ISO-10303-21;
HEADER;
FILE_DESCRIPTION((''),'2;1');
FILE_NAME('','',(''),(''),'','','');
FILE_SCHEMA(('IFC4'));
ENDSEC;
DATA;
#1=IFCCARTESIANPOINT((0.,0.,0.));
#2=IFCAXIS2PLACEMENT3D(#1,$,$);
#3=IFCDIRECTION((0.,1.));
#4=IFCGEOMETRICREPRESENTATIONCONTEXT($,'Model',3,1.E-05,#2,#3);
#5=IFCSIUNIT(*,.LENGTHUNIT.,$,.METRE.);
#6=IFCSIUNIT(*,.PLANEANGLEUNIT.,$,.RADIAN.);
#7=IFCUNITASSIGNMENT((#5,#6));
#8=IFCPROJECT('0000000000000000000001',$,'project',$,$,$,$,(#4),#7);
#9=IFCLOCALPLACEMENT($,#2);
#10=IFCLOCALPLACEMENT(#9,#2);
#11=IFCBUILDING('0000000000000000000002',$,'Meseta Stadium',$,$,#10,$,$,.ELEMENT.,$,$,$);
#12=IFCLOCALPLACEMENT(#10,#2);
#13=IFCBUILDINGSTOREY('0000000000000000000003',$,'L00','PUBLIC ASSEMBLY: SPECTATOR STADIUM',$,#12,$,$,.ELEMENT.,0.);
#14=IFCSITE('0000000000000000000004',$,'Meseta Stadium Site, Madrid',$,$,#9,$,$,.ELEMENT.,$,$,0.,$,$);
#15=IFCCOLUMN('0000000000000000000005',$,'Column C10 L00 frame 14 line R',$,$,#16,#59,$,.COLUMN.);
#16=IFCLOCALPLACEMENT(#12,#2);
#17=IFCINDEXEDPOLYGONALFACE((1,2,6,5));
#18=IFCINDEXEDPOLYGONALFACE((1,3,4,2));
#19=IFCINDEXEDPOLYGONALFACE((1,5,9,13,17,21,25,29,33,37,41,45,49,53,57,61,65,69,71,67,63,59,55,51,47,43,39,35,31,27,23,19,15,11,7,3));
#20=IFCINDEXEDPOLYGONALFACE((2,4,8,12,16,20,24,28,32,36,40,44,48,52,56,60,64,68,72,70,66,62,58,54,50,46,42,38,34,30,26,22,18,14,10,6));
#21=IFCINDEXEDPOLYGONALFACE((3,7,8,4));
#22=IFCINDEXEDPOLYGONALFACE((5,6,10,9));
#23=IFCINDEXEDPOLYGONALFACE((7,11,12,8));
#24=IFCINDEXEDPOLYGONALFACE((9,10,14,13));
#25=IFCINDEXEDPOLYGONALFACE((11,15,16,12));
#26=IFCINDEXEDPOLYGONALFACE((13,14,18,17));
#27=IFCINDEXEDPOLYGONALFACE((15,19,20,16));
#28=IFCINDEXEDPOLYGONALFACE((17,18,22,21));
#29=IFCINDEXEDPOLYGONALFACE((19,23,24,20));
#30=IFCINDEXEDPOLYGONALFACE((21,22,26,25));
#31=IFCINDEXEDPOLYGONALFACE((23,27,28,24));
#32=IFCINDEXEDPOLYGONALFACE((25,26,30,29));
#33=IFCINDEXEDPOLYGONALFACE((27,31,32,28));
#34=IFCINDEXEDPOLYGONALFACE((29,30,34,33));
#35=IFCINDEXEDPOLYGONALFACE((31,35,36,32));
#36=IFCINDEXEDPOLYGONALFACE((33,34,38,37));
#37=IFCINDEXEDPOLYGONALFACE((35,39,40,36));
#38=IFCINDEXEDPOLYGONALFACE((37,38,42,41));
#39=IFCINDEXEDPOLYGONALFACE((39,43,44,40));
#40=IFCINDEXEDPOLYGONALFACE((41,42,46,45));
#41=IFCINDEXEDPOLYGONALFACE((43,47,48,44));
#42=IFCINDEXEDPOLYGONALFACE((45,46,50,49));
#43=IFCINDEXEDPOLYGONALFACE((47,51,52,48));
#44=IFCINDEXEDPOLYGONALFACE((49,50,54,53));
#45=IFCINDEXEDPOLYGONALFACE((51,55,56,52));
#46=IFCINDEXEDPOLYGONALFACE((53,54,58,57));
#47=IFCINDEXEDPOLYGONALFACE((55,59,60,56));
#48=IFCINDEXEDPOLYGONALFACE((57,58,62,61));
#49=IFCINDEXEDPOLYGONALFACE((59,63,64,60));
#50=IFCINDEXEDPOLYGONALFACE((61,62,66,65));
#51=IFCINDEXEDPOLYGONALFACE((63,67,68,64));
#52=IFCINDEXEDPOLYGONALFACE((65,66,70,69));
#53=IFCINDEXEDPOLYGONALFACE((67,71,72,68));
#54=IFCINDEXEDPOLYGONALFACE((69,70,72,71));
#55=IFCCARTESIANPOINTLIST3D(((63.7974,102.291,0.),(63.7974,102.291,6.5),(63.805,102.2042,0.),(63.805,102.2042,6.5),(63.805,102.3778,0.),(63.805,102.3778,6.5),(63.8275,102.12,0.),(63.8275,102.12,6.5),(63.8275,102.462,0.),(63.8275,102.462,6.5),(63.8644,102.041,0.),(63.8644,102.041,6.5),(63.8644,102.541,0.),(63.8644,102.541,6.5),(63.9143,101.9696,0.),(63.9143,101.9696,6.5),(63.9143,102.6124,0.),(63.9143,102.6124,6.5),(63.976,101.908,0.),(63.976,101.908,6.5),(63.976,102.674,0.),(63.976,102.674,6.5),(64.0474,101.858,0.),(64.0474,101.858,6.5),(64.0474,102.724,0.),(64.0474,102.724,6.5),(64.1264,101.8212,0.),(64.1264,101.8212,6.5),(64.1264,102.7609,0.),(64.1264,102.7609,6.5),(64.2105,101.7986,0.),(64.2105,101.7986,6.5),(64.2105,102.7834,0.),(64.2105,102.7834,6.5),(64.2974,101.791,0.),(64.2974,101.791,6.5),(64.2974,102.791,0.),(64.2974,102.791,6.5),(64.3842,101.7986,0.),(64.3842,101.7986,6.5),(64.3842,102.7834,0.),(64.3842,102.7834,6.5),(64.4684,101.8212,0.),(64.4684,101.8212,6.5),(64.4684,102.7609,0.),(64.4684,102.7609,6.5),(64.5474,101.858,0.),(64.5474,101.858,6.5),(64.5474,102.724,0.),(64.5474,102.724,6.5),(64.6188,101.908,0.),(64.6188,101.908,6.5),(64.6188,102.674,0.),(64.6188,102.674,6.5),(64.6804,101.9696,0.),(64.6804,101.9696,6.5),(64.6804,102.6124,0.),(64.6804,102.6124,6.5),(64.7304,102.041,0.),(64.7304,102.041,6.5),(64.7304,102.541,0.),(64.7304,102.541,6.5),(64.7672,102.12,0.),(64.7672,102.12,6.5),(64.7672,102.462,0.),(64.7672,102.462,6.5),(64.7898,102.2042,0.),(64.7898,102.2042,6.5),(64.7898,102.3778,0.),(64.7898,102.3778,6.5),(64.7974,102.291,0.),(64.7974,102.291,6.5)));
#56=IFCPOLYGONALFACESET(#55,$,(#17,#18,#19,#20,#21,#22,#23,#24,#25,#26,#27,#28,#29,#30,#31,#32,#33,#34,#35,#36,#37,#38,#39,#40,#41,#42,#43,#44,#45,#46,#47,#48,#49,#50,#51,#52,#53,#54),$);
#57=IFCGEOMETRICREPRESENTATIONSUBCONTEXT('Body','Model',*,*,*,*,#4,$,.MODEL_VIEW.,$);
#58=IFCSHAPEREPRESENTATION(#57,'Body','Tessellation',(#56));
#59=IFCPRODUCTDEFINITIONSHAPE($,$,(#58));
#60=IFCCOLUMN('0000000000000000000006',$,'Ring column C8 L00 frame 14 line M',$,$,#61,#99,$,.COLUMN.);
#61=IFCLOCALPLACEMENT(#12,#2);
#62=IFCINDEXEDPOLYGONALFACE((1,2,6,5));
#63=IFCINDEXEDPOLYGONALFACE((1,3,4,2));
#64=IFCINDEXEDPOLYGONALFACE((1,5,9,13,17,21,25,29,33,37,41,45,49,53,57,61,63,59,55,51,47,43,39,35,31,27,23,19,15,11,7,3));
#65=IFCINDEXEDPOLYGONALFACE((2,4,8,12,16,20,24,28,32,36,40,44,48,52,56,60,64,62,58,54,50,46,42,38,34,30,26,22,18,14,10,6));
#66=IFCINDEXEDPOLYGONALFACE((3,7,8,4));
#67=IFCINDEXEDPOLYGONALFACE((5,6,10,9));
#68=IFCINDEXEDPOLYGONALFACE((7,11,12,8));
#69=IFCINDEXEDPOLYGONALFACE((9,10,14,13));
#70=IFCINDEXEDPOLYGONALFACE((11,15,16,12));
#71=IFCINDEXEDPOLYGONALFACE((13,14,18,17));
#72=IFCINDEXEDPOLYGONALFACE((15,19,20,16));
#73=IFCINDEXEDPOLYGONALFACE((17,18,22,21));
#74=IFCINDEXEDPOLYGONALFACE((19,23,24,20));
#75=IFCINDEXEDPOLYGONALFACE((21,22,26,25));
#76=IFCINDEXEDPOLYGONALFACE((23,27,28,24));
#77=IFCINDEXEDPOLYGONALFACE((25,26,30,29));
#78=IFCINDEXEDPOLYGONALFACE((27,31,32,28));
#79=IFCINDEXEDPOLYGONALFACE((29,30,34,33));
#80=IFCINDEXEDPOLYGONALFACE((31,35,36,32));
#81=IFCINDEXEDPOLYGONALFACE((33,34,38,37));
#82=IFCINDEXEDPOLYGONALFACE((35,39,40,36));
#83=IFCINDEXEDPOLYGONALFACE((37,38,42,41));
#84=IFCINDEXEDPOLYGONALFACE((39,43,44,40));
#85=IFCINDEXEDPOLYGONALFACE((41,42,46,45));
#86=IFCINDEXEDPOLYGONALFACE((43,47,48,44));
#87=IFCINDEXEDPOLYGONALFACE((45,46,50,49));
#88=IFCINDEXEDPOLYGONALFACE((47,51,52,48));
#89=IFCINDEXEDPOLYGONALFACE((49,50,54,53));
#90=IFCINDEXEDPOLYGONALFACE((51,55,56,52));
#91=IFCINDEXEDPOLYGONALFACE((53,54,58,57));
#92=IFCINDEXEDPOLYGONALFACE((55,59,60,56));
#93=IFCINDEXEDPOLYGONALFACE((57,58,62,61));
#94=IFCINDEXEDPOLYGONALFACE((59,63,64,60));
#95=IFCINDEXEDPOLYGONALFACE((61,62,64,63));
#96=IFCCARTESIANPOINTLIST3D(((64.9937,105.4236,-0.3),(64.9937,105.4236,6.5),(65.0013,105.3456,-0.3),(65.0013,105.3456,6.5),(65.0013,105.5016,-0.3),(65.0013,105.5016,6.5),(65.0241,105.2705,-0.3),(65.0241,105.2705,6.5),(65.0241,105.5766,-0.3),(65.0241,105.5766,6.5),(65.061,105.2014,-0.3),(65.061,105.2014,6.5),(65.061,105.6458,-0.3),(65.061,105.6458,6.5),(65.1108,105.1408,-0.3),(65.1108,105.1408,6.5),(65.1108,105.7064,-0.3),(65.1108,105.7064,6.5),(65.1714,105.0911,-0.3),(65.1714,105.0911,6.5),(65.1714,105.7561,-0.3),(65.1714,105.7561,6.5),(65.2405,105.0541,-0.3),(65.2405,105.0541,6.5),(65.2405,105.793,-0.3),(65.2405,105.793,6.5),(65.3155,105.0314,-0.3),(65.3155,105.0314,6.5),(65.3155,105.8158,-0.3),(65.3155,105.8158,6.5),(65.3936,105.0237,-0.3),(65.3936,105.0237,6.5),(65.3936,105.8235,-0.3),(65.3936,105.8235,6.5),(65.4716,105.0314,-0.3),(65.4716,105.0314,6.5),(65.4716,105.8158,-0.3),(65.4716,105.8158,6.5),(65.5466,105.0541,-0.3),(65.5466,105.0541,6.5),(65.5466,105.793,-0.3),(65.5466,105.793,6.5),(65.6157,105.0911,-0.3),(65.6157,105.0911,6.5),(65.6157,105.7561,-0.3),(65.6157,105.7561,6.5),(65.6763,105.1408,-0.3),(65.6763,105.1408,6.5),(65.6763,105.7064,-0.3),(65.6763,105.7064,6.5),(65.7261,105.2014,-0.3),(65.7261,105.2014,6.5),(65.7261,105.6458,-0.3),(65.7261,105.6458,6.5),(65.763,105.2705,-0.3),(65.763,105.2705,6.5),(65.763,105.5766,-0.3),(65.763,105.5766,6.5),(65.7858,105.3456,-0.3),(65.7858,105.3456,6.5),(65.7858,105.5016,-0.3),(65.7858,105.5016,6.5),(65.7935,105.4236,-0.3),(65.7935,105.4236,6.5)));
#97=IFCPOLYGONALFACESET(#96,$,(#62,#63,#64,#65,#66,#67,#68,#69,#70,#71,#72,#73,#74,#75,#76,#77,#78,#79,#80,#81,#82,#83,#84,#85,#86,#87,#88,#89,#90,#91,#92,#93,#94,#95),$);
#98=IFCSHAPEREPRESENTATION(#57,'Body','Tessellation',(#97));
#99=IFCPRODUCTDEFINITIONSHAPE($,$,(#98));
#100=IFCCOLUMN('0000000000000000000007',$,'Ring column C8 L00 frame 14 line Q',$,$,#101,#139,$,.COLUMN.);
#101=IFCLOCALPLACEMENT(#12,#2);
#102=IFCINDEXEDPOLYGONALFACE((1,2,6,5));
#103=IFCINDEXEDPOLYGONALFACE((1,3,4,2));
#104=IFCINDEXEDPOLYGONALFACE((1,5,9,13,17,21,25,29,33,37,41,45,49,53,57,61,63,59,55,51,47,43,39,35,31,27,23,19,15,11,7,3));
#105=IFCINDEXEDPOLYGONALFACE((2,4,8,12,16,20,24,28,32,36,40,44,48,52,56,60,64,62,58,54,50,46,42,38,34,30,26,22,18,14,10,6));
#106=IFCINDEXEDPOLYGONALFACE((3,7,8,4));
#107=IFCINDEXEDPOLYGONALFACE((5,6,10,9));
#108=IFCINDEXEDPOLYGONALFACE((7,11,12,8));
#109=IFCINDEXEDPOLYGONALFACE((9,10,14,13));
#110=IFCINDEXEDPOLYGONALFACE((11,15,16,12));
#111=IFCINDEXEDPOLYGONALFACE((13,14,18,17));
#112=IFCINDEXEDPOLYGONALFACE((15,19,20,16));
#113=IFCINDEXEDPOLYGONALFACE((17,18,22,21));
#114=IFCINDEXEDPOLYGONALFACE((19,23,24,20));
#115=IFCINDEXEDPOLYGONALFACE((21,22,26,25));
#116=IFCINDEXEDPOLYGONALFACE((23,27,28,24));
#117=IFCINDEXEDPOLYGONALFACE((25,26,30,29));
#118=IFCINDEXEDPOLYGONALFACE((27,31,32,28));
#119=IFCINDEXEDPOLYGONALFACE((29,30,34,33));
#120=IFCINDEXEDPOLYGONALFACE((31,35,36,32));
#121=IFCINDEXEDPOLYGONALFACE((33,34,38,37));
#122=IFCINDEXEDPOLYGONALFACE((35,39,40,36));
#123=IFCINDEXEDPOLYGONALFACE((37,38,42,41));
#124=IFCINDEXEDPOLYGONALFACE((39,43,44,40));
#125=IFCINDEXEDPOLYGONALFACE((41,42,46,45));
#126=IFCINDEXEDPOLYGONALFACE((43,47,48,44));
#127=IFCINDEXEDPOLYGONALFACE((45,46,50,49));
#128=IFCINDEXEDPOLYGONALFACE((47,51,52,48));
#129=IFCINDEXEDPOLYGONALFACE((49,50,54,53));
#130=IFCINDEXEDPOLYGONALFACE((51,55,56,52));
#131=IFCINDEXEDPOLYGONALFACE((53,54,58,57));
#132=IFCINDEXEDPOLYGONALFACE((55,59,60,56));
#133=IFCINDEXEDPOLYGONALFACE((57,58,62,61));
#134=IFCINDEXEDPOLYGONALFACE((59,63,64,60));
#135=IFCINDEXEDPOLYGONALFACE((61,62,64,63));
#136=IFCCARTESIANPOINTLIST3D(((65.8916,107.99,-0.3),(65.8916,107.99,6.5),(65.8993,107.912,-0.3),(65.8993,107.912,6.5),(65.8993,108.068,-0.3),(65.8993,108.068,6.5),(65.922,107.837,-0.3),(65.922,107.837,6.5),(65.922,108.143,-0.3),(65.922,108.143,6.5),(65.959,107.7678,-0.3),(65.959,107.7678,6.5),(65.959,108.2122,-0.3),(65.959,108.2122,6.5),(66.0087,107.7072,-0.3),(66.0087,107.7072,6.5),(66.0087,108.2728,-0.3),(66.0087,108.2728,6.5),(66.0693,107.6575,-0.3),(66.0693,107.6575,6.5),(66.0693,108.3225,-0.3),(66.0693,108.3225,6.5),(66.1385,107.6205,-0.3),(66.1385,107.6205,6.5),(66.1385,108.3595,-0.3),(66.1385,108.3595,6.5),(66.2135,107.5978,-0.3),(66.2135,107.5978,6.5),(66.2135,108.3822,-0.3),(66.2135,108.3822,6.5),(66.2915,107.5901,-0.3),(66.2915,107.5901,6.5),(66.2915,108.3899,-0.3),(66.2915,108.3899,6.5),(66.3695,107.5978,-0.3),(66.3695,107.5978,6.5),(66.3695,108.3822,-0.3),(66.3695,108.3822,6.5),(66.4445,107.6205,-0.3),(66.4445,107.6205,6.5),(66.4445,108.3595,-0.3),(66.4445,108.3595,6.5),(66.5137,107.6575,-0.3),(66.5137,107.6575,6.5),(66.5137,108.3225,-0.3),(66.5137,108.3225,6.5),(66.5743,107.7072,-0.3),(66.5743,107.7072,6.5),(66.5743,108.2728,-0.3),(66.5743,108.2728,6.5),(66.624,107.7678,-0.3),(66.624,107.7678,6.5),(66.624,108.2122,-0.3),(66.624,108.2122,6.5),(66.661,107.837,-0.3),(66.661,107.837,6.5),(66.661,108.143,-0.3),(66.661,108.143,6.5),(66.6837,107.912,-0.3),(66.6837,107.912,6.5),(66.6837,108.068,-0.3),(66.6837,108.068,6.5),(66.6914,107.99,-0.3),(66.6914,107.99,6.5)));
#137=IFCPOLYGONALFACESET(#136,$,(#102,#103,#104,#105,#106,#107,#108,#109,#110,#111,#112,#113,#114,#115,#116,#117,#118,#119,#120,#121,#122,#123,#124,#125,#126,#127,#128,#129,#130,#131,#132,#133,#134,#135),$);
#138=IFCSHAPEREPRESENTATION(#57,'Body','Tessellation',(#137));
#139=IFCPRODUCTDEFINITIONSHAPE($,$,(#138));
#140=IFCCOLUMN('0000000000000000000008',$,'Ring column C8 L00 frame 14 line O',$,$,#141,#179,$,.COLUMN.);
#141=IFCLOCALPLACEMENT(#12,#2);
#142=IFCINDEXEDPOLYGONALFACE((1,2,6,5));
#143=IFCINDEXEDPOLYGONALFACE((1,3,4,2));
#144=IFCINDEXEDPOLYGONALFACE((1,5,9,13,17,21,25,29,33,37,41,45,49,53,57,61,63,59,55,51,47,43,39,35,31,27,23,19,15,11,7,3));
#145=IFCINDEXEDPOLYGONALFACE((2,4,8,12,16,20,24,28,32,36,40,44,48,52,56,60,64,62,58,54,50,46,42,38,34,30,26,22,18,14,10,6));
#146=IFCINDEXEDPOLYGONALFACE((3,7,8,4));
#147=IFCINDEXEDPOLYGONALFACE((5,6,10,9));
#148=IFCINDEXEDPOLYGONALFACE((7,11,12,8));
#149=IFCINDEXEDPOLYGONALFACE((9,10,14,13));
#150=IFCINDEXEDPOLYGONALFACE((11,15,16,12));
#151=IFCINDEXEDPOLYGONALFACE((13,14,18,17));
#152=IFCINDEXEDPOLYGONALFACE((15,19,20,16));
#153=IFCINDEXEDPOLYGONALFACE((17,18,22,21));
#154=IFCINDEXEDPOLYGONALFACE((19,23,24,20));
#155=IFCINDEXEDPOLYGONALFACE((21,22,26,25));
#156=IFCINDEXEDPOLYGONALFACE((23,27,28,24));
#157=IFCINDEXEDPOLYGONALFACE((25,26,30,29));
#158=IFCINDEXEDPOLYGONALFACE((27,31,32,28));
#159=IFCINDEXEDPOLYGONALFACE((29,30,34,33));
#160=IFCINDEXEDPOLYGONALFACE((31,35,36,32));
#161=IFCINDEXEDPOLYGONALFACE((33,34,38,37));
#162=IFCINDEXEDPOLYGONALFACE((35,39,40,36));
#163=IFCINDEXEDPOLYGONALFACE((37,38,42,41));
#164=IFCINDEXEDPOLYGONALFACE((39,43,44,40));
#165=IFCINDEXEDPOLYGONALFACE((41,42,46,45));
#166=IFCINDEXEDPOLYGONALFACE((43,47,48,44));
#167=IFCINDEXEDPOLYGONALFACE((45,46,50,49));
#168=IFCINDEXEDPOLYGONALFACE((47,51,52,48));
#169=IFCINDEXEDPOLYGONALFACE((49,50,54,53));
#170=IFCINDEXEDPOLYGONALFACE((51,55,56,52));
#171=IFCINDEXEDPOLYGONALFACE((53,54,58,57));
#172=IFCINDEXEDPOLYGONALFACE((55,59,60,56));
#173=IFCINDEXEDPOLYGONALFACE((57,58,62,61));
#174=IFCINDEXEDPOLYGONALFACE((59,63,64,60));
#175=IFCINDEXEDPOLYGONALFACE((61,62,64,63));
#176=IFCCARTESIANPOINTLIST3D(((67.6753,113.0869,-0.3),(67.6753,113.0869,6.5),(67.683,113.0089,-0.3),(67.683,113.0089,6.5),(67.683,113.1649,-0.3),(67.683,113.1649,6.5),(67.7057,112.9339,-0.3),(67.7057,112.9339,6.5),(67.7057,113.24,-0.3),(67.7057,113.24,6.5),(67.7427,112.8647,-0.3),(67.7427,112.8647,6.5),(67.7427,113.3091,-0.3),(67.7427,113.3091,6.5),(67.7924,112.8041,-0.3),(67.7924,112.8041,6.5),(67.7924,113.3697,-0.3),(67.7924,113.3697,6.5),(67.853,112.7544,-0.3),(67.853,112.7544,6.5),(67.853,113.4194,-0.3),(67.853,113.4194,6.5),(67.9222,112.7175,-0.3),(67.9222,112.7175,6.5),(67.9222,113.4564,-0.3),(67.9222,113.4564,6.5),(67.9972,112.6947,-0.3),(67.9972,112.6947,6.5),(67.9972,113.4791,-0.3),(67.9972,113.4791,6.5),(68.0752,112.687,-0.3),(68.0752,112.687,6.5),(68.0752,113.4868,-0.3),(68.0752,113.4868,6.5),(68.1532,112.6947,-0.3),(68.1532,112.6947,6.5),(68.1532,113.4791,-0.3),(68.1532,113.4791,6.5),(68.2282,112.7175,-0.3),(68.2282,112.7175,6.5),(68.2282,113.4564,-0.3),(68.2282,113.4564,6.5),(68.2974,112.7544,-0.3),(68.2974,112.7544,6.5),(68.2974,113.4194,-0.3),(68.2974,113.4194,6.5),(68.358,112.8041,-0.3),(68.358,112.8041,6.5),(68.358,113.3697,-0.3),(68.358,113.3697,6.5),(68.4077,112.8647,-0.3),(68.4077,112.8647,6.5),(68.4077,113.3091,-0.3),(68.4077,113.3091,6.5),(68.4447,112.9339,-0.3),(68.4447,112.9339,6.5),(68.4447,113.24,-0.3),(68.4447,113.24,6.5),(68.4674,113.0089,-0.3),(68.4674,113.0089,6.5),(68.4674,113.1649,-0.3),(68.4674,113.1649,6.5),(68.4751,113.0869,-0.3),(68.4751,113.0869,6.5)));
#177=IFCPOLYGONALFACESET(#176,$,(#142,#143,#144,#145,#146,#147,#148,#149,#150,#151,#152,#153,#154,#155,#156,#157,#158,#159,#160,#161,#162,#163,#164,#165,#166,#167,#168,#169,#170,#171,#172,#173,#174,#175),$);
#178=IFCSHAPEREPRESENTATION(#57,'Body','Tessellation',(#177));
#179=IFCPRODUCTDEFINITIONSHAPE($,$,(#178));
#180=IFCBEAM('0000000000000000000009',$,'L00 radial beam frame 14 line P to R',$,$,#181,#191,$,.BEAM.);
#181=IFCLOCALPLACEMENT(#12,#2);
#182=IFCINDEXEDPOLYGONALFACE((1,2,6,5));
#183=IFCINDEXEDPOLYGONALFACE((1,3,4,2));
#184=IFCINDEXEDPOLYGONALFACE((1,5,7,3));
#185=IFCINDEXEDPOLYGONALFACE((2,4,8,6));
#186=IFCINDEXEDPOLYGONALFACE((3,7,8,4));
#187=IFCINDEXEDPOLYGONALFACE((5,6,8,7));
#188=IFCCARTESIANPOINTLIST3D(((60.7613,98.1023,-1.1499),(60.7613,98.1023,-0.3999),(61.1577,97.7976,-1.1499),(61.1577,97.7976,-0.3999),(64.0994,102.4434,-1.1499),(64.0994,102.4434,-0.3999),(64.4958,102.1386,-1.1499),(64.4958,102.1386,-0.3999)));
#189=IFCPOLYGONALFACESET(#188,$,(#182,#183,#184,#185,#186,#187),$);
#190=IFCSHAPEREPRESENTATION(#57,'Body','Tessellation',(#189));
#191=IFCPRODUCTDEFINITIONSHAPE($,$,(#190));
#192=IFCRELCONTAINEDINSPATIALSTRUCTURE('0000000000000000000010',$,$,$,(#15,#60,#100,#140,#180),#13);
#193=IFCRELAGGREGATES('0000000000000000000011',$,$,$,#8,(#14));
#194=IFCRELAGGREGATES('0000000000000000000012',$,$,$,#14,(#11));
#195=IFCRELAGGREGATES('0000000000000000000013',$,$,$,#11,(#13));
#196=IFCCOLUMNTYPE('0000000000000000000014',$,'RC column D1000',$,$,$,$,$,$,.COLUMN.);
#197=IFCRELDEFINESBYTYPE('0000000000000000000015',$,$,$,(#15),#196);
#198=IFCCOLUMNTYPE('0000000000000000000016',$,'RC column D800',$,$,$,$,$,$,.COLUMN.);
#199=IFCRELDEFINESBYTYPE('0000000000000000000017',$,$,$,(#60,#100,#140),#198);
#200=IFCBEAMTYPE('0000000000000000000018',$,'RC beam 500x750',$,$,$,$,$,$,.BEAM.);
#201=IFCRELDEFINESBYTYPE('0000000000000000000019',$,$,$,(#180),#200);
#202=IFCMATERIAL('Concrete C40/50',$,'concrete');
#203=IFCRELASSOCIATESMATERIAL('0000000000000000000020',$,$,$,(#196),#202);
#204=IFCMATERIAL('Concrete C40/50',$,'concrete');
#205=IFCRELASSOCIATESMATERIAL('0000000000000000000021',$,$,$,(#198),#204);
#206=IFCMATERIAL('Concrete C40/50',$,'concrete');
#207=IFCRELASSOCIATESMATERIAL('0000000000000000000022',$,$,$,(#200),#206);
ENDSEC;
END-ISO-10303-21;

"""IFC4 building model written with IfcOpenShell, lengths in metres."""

from ifc_helpers import new_model, si_unit, direction, frame, origin, origin_2d, place, context, subcontext, project, spatial, rectangle, circle, extrude, material, material_profile, profile_set, type_object, element, save


model = new_model("IFC4")

# Units and contexts
model_context = context("Model", 3, precision=1e-05, world=origin(), true_north=direction((0.0, 1.0)))
body_context = subcontext(model_context, "Body", "Model", "MODEL_VIEW")
ifc_project = project(units=[si_unit("LENGTHUNIT", "METRE"), si_unit("PLANEANGLEUNIT", "RADIAN")], contexts=[model_context])

# Site, building, storey
site_placement = place(None, origin())
site = spatial("IfcSite", under=ifc_project, at=site_placement, Name="Meseta Stadium Site, Madrid", CompositionType="ELEMENT", RefElevation=0.0)
building_placement = place(site_placement, origin())
building = spatial("IfcBuilding", under=site, at=building_placement, Name="Meseta Stadium", CompositionType="ELEMENT")
storey_placement = place(building_placement, origin())
storey = spatial("IfcBuildingStorey", under=building, at=storey_placement, Name="L00", Description="PUBLIC ASSEMBLY: SPECTATOR STADIUM", CompositionType="ELEMENT", Elevation=0.0)

# Columns
ifc_material_1 = material(Name="Concrete C40/50", Category="concrete")
ifc_material_profile_1 = material_profile(ifc_material_1, circle(Radius=0.5, at=origin_2d()), Name="RC D1000")
ifc_profile_set_1 = profile_set([ifc_material_profile_1], Name="Concrete C40/50")
column_type_1 = type_object("IfcColumnType", Name="RC column D1000", PredefinedType="COLUMN", material=ifc_profile_set_1)
column_placement = place(storey_placement, frame((64.2974, 102.291, 0.0), z_axis=(0.0, 0.0, 1.0), x_axis=(1.0, 0.0, 0.0)))
element("IfcColumn", 1, at=column_placement, inside=storey, type_object=column_type_1, Name="Column C10 L00 frame 14 line R", PredefinedType="COLUMN", context=body_context, shape_type="SweptSolid", body=[
    extrude(circle(Radius=0.5, at=origin_2d()), origin(), (0.0, 0.0, 1.0), 6.5),
])
ifc_material_2 = material(Name="Concrete C40/50", Category="concrete")
ifc_material_profile_2 = material_profile(ifc_material_2, circle(Radius=0.3999, at=origin_2d()), Name="RC D800")
ifc_profile_set_2 = profile_set([ifc_material_profile_2], Name="Concrete C40/50")
column_type_2 = type_object("IfcColumnType", Name="RC column D800", PredefinedType="COLUMN", material=ifc_profile_set_2)
for number, where, z_axis, x_axis, name in (
    (2, (65.3936, 105.4236, -0.3), (0.0, 0.0, 1.0), (1.0, 0.0, 0.0), "Ring column C8 L00 frame 14 line M"),
    (3, (66.2915, 107.99, -0.3), (0.0, 0.0, 1.0), (1.0, 0.0, 0.0), "Ring column C8 L00 frame 14 line Q"),
    (4, (68.0752, 113.0869, -0.3), (0.0, 0.0, 1.0), (1.0, 0.0, 0.0), "Ring column C8 L00 frame 14 line O"),
):
    element("IfcColumn", number, at=place(storey_placement, frame(where, z_axis=z_axis, x_axis=x_axis)), inside=storey, type_object=column_type_2, Name=name, PredefinedType="COLUMN", context=body_context, shape_type="SweptSolid", body=[
        extrude(circle(Radius=0.3999, at=origin_2d()), origin(), (0.0, 0.0, 1.0), 6.8),
    ])

# Beam
ifc_material_3 = material(Name="Concrete C40/50", Category="concrete")
ifc_material_profile_3 = material_profile(ifc_material_3, rectangle(XDim=0.5, YDim=0.75, at=origin_2d()), Name="RC 500x750")
ifc_profile_set_3 = profile_set([ifc_material_profile_3], Name="Concrete C40/50")
beam_type_1 = type_object("IfcBeamType", Name="RC beam 500x750", PredefinedType="BEAM", material=ifc_profile_set_3)
beam_1_placement = place(storey_placement, frame((60.9595, 97.95, -0.7749), z_axis=(0.609579, 0.792725, 0.0), x_axis=(-0.792725, 0.609579, 0.0)))
element("IfcBeam", 5, at=beam_1_placement, inside=storey, type_object=beam_type_1, Name="L00 radial beam frame 14 line P to R", PredefinedType="BEAM", context=body_context, shape_type="SweptSolid", body=[
    extrude(rectangle(XDim=0.5, YDim=0.75, at=origin_2d()), origin(), (0.0, 0.0, 1.0), 5.4761),
])

save(model, "model.ifc")
